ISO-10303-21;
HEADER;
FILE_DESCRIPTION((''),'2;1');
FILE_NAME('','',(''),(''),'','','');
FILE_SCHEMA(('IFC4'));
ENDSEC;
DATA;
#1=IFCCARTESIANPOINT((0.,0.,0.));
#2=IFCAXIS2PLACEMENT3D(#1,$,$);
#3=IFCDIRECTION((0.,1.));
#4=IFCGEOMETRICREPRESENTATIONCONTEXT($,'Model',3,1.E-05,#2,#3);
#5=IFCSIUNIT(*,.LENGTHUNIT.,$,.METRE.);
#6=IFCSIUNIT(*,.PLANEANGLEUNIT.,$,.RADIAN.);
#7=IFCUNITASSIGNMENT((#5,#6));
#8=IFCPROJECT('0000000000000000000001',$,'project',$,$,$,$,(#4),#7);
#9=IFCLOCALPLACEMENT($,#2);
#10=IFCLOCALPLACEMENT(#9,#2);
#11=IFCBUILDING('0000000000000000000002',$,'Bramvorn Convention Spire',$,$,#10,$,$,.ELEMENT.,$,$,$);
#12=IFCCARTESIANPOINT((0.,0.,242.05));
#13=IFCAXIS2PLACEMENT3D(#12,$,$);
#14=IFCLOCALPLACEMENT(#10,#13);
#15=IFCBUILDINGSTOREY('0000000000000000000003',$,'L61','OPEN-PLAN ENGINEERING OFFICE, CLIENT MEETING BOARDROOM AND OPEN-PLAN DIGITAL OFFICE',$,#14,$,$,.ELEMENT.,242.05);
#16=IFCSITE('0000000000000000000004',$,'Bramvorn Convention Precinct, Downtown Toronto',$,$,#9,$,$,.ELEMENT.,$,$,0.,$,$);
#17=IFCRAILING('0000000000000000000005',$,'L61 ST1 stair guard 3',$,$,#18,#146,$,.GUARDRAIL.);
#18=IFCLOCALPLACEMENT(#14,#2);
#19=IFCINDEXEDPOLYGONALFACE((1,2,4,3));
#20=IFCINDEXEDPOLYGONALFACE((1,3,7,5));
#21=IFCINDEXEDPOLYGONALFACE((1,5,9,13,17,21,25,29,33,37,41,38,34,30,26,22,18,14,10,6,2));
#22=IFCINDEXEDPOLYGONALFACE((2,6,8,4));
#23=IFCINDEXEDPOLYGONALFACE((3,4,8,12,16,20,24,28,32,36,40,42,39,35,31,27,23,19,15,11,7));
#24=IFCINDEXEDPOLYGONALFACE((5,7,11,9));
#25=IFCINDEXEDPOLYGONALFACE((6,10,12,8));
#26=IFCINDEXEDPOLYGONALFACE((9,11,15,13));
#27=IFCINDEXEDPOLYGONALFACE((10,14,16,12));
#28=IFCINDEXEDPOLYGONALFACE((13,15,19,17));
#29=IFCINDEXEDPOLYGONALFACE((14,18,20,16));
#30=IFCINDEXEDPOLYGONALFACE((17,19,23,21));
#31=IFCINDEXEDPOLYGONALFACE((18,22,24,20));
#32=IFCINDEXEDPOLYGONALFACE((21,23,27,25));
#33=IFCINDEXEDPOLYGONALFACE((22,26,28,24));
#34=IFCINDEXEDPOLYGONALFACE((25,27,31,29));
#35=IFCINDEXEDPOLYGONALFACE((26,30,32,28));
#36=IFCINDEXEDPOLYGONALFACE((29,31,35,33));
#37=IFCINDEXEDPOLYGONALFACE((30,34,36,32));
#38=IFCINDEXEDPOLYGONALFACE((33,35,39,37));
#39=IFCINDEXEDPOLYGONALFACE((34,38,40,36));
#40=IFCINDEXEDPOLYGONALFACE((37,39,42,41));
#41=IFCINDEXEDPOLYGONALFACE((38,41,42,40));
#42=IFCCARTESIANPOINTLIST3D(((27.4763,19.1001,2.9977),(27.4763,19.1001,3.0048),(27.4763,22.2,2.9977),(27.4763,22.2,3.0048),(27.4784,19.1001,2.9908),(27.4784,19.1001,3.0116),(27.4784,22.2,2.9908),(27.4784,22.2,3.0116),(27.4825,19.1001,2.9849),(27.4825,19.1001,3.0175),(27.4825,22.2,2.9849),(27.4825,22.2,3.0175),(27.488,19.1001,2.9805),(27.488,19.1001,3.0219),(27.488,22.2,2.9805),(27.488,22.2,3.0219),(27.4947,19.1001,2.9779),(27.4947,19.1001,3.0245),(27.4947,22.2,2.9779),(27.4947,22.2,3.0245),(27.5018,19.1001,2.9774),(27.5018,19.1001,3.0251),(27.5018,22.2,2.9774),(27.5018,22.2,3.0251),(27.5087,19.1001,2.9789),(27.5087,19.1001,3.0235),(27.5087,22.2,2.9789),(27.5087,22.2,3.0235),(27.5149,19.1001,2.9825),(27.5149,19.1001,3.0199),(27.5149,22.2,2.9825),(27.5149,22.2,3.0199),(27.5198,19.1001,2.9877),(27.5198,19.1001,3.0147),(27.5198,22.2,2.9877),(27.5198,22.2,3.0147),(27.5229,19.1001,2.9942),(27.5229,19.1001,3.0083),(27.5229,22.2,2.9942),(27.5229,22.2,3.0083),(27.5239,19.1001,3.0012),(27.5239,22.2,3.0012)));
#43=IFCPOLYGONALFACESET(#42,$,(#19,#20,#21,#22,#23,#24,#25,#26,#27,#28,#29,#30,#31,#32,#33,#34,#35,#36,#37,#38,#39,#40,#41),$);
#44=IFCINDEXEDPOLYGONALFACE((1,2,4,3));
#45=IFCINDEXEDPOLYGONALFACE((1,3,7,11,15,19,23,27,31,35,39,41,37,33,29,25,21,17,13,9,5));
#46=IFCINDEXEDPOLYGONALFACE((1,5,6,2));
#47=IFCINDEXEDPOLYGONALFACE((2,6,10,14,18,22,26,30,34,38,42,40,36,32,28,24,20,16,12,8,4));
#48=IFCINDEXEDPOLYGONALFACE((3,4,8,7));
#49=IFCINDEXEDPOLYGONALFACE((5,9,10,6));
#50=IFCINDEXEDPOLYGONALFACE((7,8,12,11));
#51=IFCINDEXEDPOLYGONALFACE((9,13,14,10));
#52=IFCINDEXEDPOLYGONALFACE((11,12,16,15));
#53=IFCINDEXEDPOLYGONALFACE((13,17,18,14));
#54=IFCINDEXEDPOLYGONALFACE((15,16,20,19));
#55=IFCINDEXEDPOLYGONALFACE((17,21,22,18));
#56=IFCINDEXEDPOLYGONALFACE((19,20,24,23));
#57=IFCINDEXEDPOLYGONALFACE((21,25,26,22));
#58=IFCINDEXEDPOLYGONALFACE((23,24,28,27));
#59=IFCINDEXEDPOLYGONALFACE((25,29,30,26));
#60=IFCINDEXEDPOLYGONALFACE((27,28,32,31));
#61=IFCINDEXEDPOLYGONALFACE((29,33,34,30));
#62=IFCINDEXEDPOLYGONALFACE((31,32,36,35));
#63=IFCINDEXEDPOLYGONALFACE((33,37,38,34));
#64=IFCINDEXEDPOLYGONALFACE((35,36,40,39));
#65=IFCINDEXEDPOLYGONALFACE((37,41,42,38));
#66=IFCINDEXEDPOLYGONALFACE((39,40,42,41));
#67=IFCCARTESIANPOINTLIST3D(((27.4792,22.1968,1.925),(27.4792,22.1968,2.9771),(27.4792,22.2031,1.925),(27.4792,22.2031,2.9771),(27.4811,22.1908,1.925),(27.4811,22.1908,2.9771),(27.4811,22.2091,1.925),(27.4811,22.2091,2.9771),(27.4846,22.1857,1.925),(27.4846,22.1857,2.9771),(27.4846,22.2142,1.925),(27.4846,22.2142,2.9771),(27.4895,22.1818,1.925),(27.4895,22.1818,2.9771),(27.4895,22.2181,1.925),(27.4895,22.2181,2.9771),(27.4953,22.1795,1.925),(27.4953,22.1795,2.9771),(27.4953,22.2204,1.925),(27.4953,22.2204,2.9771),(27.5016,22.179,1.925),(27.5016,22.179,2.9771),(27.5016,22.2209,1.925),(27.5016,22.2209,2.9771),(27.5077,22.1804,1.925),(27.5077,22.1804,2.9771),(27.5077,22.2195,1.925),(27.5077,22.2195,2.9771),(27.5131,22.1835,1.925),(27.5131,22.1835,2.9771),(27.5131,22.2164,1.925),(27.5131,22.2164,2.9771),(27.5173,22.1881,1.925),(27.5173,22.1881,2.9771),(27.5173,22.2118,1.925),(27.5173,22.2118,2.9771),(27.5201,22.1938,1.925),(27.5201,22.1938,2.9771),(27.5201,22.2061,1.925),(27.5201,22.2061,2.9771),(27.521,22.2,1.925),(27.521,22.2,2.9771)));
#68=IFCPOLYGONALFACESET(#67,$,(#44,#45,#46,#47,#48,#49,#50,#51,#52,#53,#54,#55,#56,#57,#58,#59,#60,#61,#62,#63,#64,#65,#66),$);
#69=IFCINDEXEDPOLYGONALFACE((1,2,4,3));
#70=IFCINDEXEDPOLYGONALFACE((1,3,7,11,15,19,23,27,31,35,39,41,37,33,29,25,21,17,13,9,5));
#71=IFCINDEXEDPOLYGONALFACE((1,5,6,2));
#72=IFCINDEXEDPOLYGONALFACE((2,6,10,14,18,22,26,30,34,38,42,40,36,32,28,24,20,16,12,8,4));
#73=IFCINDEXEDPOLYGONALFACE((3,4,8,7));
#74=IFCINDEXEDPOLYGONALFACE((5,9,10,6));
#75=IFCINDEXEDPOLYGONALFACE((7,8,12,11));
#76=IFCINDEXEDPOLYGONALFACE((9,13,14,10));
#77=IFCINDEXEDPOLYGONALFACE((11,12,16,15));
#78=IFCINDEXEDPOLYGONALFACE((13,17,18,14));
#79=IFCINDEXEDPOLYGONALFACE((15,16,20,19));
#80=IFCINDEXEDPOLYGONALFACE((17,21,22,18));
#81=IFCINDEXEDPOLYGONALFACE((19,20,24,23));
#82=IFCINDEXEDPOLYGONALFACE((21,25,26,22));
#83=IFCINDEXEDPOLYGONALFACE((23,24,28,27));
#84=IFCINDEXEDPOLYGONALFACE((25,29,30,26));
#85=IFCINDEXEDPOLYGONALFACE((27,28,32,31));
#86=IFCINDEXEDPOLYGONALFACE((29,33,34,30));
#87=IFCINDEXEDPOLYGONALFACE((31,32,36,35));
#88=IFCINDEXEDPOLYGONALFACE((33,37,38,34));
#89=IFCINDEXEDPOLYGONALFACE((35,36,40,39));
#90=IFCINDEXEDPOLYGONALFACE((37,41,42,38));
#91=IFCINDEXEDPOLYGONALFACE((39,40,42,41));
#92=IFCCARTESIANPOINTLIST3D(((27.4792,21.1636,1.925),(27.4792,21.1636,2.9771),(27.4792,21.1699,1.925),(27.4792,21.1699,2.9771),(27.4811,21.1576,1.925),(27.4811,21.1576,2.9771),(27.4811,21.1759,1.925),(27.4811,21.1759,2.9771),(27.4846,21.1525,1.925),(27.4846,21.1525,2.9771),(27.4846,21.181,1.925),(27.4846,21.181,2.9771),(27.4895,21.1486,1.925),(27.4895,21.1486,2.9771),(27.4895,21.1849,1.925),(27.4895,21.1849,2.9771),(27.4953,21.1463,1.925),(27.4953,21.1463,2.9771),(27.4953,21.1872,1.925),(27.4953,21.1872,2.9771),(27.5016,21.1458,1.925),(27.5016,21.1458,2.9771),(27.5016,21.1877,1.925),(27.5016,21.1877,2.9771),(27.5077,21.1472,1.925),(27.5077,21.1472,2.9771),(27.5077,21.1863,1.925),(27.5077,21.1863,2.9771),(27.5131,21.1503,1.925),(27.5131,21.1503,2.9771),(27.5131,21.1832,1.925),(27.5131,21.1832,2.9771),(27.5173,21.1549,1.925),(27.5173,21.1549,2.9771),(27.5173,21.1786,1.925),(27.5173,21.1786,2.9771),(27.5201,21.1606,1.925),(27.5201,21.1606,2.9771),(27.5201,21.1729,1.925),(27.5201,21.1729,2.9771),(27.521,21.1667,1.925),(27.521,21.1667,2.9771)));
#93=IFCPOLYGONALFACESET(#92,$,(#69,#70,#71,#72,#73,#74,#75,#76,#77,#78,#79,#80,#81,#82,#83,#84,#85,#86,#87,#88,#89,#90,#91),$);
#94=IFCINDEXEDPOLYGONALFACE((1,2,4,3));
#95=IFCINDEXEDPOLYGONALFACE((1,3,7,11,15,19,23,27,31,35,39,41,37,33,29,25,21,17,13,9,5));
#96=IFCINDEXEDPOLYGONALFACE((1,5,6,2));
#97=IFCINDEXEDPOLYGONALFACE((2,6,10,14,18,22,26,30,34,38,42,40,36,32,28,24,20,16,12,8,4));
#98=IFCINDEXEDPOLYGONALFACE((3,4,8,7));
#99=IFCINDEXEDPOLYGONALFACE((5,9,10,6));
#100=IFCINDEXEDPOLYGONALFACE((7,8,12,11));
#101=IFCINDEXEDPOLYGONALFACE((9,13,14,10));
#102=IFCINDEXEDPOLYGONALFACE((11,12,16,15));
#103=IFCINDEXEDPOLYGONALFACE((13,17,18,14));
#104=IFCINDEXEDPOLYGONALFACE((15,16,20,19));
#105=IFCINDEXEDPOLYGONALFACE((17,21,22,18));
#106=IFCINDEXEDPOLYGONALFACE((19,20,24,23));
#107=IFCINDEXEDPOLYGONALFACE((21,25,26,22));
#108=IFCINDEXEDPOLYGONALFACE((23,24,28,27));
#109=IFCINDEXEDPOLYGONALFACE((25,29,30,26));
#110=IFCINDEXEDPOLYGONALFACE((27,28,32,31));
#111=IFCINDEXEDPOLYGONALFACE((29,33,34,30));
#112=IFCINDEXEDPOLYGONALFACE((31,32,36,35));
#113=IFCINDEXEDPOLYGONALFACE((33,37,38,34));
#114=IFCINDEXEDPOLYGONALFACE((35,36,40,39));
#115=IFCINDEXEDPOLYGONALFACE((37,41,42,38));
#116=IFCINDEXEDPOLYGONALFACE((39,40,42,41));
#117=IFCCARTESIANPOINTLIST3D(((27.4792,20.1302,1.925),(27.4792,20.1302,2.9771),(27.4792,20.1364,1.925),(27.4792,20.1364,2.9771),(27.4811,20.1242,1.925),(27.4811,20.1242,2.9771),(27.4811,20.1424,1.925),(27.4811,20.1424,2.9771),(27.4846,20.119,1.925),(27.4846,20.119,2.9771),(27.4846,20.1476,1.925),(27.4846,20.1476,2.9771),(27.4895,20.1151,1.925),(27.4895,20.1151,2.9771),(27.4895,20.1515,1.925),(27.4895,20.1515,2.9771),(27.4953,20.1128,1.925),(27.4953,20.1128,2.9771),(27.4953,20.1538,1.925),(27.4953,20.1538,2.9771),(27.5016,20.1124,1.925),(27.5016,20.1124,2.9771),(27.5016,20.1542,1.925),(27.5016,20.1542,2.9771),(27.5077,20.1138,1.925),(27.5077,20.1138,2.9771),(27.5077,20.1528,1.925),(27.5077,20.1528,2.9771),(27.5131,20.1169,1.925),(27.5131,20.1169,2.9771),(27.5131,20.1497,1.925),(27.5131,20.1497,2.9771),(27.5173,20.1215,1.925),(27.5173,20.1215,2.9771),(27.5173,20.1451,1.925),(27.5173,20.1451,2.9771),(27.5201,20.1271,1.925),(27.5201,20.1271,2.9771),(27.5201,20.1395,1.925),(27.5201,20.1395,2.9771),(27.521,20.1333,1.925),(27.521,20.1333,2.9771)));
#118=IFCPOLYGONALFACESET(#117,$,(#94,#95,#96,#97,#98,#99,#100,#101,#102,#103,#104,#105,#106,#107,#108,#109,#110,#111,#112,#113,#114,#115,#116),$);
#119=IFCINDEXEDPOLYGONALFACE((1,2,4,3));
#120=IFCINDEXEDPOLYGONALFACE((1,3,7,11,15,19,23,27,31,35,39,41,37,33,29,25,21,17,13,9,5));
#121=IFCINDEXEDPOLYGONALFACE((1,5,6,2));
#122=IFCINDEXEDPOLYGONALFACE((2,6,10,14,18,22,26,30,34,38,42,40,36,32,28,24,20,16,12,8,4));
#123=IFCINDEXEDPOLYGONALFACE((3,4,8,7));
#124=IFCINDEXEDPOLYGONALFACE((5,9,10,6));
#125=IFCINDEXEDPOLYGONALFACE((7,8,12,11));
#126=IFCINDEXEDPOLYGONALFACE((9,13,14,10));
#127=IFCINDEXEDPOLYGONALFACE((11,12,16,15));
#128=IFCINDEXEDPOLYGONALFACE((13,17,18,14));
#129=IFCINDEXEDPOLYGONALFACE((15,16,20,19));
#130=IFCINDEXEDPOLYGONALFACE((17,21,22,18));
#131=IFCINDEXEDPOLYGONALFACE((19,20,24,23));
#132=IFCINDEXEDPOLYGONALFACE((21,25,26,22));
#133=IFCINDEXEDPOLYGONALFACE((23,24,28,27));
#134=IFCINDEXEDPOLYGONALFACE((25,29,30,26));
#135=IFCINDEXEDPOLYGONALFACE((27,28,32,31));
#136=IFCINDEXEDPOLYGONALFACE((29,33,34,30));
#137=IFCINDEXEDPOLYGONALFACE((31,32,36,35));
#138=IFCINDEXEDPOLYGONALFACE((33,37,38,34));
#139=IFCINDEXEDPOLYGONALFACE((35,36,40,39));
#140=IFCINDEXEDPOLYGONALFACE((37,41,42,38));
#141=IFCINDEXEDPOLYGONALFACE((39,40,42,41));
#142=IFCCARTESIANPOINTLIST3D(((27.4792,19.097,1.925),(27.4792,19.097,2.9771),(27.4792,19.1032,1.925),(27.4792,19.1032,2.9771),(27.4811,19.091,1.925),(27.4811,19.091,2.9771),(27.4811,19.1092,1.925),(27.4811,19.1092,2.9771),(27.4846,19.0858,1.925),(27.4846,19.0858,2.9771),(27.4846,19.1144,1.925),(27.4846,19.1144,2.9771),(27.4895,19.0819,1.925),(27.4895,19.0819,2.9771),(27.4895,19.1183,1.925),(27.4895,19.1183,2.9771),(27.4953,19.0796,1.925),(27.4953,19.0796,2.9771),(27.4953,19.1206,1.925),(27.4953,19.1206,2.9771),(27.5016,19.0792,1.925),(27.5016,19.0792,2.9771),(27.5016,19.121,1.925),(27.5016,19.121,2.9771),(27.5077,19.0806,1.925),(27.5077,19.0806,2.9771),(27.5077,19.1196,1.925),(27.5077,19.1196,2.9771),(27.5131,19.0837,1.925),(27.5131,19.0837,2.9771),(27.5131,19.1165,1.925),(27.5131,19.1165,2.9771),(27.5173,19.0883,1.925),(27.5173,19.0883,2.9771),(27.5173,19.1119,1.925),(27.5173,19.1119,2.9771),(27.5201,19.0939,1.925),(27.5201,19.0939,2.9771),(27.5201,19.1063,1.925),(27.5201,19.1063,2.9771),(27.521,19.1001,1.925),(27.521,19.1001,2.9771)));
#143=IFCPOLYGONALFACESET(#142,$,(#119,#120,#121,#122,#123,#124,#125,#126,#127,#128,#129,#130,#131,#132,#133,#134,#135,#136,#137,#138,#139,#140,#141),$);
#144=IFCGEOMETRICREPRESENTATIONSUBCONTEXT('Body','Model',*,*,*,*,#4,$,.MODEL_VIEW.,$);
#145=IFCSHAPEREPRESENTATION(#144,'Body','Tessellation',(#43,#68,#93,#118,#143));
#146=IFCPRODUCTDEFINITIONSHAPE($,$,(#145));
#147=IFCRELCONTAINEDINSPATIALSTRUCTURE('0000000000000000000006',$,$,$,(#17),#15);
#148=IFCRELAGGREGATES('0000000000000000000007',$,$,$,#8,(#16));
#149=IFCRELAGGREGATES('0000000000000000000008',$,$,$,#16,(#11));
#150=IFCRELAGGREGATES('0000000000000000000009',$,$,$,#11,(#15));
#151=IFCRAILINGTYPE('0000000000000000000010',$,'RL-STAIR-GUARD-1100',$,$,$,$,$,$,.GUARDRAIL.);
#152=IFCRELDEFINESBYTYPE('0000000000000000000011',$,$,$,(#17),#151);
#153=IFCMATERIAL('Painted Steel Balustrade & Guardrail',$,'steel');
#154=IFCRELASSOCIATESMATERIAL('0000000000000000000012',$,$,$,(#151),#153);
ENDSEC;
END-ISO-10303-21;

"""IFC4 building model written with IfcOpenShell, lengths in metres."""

from ifc_helpers import new_model, si_unit, direction, frame, origin, origin_2d, place, context, subcontext, project, spatial, circle, extrude, material, type_object, element, save


model = new_model("IFC4")

# Units and contexts
model_context = context("Model", 3, precision=1e-05, world=origin(), true_north=direction((0.0, 1.0)))
body_context = subcontext(model_context, "Body", "Model", "MODEL_VIEW")
ifc_project = project(units=[si_unit("LENGTHUNIT", "METRE"), si_unit("PLANEANGLEUNIT", "RADIAN")], contexts=[model_context])

# Site, building, storey
site_placement = place(None, origin())
site = spatial("IfcSite", under=ifc_project, at=site_placement, Name="Bramvorn Convention Precinct, Downtown Toronto", CompositionType="ELEMENT", RefElevation=0.0)
building_placement = place(site_placement, origin())
building = spatial("IfcBuilding", under=site, at=building_placement, Name="Bramvorn Convention Spire", CompositionType="ELEMENT")
storey_placement = place(building_placement, frame((0.0, 0.0, 242.05)))
storey = spatial("IfcBuildingStorey", under=building, at=storey_placement, Name="L61", Description="OPEN-PLAN ENGINEERING OFFICE, CLIENT MEETING BOARDROOM AND OPEN-PLAN DIGITAL OFFICE", CompositionType="ELEMENT", Elevation=242.05)

# Railing
ifc_material_1 = material(Name="Painted Steel Balustrade & Guardrail", Category="steel")
railing_type_1 = type_object("IfcRailingType", Name="RL-STAIR-GUARD-1100", PredefinedType="GUARDRAIL", material=ifc_material_1)
for number, where, name in (
    (1, (27.5, 22.2, 1.925), "L61 ST1 stair guard 3"),
):
    element("IfcRailing", number, at=place(storey_placement, frame(where)), inside=storey, type_object=railing_type_1, Name=name, PredefinedType="GUARDRAIL", context=body_context, shape_type="SweptSolid", body=[
        extrude(circle(Radius=0.0239, at=origin_2d()), frame((0.0, 0.0, 1.0762), z_axis=(0.0, -1.0, 0.0), x_axis=(1.0, 0.0, 0.0)), (0.0, 0.0, 1.0), 3.0999),
        extrude(circle(Radius=0.021, at=origin_2d()), origin(), (0.0, 0.0, 1.0), 1.052),
        extrude(circle(Radius=0.021, at=origin_2d()), frame((0.0, -1.0332, 0.0)), (0.0, 0.0, 1.0), 1.052),
        extrude(circle(Radius=0.021, at=origin_2d()), frame((0.0, -2.0667, 0.0)), (0.0, 0.0, 1.0), 1.052),
        extrude(circle(Radius=0.021, at=origin_2d()), frame((0.0, -3.0999, 0.0)), (0.0, 0.0, 1.0), 1.052),
    ])

save(model, "model.ifc")
